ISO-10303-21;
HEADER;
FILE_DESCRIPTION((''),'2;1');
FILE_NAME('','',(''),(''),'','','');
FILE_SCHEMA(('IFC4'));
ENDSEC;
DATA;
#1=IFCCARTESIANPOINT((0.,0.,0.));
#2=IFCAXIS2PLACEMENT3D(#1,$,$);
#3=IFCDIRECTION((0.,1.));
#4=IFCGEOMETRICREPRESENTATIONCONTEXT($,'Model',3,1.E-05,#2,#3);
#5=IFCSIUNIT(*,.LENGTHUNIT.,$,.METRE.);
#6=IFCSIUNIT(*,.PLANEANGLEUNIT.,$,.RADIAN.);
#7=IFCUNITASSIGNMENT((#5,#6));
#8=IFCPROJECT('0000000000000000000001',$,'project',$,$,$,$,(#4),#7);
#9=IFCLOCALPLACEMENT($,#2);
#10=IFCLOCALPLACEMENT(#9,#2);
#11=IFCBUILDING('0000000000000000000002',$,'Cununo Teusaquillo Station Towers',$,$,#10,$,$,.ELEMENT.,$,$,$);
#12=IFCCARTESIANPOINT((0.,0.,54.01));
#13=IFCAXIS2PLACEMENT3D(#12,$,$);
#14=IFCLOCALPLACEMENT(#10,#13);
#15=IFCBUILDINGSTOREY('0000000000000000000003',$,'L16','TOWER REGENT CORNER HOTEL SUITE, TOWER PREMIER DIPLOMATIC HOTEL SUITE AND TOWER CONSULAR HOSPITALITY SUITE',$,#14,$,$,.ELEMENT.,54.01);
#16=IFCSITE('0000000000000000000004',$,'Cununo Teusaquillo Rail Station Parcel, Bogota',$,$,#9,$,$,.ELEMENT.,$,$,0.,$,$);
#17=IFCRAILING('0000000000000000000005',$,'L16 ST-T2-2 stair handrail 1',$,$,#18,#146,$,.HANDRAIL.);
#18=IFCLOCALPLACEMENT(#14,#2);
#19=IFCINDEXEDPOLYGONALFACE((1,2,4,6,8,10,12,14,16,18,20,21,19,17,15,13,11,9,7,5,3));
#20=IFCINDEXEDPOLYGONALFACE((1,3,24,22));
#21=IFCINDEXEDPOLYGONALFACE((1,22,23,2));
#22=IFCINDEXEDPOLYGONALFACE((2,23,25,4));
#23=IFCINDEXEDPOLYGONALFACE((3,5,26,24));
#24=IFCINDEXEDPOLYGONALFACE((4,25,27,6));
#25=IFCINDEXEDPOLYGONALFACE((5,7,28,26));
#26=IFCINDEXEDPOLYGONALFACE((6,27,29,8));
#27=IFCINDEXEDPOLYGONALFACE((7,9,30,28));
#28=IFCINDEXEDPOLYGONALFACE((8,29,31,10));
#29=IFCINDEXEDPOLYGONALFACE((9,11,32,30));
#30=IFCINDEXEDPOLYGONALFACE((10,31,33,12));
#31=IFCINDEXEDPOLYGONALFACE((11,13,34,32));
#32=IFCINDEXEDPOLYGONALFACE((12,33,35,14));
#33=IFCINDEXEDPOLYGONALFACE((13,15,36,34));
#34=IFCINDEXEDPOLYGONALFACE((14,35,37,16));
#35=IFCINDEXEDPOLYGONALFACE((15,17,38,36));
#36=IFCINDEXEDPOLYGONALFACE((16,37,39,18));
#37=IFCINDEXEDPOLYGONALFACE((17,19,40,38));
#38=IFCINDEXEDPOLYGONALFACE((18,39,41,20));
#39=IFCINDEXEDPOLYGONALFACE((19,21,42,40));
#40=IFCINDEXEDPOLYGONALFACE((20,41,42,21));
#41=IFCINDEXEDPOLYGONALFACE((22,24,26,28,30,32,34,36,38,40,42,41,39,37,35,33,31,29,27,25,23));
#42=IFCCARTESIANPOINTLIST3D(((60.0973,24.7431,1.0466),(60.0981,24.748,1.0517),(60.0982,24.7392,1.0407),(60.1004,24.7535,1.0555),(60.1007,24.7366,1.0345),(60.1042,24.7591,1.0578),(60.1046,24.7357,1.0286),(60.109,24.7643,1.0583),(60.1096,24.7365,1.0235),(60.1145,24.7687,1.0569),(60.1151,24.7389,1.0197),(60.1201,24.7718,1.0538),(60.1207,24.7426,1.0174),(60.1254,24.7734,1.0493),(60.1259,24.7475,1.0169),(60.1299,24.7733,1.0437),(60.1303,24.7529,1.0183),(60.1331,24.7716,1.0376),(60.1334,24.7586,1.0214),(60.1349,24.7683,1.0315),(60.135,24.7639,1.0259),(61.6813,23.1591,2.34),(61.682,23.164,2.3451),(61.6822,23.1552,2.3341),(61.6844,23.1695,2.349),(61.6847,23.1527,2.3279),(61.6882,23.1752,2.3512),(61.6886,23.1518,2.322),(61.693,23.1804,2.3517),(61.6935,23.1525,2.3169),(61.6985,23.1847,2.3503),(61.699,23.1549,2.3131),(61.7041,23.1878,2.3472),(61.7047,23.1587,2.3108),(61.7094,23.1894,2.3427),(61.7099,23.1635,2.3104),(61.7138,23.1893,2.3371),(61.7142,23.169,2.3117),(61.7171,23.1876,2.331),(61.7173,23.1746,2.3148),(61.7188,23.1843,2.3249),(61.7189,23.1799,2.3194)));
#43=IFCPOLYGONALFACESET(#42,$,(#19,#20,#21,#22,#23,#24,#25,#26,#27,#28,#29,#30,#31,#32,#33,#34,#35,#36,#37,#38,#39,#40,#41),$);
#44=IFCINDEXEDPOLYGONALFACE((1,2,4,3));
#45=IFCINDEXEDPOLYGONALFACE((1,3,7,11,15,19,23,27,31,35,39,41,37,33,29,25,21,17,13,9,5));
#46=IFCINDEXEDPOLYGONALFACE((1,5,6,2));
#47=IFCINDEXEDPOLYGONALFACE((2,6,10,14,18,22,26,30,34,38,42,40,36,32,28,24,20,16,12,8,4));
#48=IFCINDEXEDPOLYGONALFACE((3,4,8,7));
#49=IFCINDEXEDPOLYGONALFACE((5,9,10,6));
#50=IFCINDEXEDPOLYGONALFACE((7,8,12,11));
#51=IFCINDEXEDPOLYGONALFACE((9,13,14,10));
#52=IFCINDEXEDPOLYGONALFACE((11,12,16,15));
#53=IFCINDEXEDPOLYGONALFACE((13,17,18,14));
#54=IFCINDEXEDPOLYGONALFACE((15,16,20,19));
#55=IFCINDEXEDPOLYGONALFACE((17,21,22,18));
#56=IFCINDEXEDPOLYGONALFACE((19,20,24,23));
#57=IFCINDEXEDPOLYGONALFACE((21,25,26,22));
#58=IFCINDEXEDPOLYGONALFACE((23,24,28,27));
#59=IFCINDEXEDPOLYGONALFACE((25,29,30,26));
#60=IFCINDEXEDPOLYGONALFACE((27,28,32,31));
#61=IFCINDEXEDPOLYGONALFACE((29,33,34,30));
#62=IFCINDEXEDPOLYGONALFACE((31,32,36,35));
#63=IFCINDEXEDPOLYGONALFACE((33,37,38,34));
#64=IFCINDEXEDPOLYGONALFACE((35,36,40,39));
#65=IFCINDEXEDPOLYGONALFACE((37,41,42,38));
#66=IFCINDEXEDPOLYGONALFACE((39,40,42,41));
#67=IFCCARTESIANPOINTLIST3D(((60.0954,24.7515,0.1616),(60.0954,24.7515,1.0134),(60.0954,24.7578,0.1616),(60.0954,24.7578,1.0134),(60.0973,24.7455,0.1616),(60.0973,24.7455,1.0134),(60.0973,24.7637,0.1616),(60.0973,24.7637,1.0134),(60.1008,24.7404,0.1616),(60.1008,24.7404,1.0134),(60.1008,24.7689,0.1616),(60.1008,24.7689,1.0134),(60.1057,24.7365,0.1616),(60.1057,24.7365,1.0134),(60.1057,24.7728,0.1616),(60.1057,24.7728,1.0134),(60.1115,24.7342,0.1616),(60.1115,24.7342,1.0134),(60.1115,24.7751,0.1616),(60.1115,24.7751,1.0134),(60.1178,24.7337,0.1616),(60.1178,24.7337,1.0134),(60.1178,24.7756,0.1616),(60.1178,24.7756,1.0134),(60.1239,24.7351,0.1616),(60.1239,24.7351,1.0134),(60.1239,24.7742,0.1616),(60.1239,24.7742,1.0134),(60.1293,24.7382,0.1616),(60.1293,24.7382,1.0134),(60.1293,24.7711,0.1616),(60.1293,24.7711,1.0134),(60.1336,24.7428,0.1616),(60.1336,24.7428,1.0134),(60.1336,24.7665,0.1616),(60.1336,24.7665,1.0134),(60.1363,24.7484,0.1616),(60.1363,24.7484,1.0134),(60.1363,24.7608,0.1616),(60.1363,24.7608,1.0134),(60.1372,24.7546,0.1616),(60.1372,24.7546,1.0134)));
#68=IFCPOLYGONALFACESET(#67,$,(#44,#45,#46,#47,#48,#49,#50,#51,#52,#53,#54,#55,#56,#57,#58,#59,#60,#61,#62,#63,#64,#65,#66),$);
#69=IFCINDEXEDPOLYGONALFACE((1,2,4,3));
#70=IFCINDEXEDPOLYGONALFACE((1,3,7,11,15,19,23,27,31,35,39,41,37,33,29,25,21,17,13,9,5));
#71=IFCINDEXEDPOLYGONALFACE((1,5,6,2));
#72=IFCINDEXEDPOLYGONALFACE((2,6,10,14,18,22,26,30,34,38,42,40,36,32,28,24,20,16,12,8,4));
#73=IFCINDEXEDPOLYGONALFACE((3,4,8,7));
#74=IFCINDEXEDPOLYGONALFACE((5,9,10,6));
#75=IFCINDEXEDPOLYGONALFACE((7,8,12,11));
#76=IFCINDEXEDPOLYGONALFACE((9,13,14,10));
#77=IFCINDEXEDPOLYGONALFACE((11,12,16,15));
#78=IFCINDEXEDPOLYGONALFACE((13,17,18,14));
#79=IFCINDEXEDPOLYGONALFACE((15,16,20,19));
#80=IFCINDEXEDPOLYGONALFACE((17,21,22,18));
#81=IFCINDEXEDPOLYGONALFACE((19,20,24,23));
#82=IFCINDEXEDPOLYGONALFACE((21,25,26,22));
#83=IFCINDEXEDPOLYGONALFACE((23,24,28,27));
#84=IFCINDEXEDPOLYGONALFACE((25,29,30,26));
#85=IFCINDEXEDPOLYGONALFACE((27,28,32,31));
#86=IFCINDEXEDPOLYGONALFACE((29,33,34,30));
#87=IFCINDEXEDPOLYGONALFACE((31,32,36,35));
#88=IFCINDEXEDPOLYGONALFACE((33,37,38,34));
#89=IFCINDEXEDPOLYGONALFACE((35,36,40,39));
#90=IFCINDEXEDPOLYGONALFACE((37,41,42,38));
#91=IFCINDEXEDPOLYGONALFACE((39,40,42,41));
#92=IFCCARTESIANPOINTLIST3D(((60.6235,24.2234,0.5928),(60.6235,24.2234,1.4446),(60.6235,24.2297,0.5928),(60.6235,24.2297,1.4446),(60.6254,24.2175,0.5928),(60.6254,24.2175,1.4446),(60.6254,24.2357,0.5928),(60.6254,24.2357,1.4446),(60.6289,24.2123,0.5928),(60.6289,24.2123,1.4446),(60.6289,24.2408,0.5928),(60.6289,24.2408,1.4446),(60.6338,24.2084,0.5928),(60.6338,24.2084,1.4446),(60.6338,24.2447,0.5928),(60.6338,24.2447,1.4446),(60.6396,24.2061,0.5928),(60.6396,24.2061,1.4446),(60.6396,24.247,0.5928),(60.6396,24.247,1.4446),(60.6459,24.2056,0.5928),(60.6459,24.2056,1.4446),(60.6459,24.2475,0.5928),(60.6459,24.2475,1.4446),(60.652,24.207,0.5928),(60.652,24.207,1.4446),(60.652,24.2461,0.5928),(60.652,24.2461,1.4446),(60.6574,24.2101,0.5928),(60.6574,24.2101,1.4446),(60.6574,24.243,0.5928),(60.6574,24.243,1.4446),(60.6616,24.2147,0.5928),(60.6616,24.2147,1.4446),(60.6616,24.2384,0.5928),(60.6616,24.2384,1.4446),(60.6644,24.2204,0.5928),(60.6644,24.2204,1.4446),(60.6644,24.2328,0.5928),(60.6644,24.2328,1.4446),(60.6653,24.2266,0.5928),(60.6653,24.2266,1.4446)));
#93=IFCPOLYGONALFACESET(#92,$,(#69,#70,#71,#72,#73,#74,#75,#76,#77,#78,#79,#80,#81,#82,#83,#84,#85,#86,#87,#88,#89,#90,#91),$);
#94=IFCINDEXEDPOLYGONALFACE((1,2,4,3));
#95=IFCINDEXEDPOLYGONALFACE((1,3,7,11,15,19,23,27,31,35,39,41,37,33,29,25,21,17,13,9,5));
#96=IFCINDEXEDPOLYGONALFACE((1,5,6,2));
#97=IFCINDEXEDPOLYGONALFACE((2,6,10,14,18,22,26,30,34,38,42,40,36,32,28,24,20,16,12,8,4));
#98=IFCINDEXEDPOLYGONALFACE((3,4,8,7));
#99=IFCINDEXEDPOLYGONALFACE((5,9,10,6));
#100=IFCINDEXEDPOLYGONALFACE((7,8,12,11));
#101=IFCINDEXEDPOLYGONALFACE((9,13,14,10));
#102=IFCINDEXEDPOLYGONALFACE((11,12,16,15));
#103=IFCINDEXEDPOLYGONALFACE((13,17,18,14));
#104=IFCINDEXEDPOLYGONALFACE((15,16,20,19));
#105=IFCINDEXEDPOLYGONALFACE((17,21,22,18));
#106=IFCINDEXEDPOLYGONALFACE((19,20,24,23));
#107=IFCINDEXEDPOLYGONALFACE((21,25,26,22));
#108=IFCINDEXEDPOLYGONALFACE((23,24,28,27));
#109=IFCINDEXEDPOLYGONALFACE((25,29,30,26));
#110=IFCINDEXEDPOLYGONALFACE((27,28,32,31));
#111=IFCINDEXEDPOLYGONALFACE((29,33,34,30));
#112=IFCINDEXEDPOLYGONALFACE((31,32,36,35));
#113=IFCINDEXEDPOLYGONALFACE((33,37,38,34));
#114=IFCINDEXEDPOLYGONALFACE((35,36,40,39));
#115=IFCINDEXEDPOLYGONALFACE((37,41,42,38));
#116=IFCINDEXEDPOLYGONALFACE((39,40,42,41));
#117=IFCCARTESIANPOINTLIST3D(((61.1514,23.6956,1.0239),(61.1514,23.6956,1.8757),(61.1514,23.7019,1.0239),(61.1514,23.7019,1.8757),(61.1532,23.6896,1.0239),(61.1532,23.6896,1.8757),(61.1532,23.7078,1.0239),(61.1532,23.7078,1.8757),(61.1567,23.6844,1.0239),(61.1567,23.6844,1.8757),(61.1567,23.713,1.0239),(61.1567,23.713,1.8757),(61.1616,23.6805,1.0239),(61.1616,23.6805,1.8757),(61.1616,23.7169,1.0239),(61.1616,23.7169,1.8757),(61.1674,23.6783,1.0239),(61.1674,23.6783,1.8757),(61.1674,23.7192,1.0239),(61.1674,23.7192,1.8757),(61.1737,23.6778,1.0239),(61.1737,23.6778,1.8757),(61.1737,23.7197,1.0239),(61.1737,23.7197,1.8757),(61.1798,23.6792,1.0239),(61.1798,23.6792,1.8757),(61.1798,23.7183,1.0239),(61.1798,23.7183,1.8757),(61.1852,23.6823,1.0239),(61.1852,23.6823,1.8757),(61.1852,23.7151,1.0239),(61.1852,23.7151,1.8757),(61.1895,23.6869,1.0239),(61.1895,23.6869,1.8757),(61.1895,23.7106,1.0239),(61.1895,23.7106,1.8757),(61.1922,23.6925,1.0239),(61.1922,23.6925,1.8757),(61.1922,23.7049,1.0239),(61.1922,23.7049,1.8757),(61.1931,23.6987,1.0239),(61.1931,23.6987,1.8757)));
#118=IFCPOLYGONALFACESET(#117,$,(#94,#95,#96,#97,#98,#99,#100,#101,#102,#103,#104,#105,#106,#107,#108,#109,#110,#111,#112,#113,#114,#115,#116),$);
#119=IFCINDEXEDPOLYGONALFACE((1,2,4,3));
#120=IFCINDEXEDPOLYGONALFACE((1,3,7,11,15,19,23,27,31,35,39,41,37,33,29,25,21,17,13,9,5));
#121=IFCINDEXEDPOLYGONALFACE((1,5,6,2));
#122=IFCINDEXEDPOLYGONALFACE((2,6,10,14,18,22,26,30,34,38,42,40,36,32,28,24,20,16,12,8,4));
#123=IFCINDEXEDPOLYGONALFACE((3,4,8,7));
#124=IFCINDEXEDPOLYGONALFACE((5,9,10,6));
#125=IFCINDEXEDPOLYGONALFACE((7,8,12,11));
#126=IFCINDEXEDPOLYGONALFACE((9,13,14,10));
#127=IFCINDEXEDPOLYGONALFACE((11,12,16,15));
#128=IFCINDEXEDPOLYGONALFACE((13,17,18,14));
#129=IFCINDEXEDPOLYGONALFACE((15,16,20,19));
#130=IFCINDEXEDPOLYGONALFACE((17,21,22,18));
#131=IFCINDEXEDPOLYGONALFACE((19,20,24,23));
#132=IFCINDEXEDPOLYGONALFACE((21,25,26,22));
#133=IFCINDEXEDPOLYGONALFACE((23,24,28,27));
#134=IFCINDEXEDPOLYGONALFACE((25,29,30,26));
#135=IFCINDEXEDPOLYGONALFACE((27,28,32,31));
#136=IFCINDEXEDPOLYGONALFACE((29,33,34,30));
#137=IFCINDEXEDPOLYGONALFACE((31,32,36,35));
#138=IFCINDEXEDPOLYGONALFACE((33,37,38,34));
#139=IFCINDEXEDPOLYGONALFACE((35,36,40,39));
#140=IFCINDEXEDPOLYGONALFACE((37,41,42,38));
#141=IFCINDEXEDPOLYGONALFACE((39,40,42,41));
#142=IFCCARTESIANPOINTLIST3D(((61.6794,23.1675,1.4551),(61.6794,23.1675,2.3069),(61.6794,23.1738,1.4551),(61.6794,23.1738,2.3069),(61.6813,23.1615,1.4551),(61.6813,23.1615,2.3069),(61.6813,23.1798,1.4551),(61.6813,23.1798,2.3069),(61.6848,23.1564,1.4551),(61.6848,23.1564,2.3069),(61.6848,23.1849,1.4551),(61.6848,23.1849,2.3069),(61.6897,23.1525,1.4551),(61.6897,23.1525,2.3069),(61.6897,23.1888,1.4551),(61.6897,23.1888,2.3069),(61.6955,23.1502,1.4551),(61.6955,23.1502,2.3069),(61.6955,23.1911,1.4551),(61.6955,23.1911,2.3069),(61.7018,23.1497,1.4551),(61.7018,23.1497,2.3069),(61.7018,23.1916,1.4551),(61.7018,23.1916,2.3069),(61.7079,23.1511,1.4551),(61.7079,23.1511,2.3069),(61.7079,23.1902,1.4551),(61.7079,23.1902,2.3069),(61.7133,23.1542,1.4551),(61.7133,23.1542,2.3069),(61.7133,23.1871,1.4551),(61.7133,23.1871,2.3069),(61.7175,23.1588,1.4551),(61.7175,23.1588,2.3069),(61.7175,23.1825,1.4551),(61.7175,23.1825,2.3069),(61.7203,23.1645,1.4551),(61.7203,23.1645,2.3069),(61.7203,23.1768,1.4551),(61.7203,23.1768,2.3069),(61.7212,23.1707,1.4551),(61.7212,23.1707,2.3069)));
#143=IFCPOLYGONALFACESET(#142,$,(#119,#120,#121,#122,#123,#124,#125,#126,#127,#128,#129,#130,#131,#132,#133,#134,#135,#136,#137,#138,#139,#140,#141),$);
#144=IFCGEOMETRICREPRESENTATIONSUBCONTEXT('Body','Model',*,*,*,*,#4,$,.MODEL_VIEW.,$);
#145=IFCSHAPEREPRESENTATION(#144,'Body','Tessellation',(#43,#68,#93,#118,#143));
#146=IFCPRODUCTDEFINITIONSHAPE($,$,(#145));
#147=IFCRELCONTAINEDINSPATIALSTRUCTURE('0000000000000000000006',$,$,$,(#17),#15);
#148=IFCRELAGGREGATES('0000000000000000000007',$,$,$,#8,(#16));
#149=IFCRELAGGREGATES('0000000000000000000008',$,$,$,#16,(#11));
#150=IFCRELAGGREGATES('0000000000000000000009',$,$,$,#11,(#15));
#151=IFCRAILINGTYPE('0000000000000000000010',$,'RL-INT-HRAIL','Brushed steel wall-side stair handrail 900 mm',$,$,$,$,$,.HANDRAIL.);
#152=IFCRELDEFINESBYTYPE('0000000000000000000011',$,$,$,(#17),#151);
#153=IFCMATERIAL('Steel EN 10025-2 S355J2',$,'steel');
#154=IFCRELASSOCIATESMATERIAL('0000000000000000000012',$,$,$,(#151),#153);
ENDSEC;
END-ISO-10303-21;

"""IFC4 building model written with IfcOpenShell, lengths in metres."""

from ifc_helpers import new_model, si_unit, direction, frame, origin, origin_2d, place, context, subcontext, project, spatial, circle, extrude, material, type_object, element, save


model = new_model("IFC4")

# Units and contexts
model_context = context("Model", 3, precision=1e-05, world=origin(), true_north=direction((0.0, 1.0)))
body_context = subcontext(model_context, "Body", "Model", "MODEL_VIEW")
ifc_project = project(units=[si_unit("LENGTHUNIT", "METRE"), si_unit("PLANEANGLEUNIT", "RADIAN")], contexts=[model_context])

# Site, building, storey
site_placement = place(None, origin())
site = spatial("IfcSite", under=ifc_project, at=site_placement, Name="Cununo Teusaquillo Rail Station Parcel, Bogota", CompositionType="ELEMENT", RefElevation=0.0)
building_placement = place(site_placement, origin())
building = spatial("IfcBuilding", under=site, at=building_placement, Name="Cununo Teusaquillo Station Towers", CompositionType="ELEMENT")
storey_placement = place(building_placement, frame((0.0, 0.0, 54.01)))
storey = spatial("IfcBuildingStorey", under=building, at=storey_placement, Name="L16", Description="TOWER REGENT CORNER HOTEL SUITE, TOWER PREMIER DIPLOMATIC HOTEL SUITE AND TOWER CONSULAR HOSPITALITY SUITE", CompositionType="ELEMENT", Elevation=54.01)

# Railing
ifc_material_1 = material(Name="Steel EN 10025-2 S355J2", Category="steel")
railing_type_1 = type_object("IfcRailingType", Name="RL-INT-HRAIL", Description="Brushed steel wall-side stair handrail 900 mm", PredefinedType="HANDRAIL", material=ifc_material_1)
railing_1_placement = place(storey_placement, frame((60.1162, 24.7546, 0.1616)))
element("IfcRailing", 1, at=railing_1_placement, inside=storey, type_object=railing_type_1, Name="L16 ST-T2-2 stair handrail 1", PredefinedType="HANDRAIL", context=body_context, shape_type="SweptSolid", body=[
    extrude(circle(Radius=0.0239, at=origin_2d()), frame((0.0, 0.0, 0.876), z_axis=(0.612356, -0.612356, 0.50004), x_axis=(0.707107, 0.707107, 0.0)), (0.0, 0.0, 1.0), 2.5867),
    extrude(circle(Radius=0.021, at=origin_2d()), origin(), (0.0, 0.0, 1.0), 0.8518),
    extrude(circle(Radius=0.021, at=origin_2d()), frame((0.5281, -0.5281, 0.4312)), (0.0, 0.0, 1.0), 0.8518),
    extrude(circle(Radius=0.021, at=origin_2d()), frame((1.0559, -1.0559, 0.8623)), (0.0, 0.0, 1.0), 0.8518),
    extrude(circle(Radius=0.021, at=origin_2d()), frame((1.584, -1.584, 1.2935)), (0.0, 0.0, 1.0), 0.8518),
])

save(model, "model.ifc")
